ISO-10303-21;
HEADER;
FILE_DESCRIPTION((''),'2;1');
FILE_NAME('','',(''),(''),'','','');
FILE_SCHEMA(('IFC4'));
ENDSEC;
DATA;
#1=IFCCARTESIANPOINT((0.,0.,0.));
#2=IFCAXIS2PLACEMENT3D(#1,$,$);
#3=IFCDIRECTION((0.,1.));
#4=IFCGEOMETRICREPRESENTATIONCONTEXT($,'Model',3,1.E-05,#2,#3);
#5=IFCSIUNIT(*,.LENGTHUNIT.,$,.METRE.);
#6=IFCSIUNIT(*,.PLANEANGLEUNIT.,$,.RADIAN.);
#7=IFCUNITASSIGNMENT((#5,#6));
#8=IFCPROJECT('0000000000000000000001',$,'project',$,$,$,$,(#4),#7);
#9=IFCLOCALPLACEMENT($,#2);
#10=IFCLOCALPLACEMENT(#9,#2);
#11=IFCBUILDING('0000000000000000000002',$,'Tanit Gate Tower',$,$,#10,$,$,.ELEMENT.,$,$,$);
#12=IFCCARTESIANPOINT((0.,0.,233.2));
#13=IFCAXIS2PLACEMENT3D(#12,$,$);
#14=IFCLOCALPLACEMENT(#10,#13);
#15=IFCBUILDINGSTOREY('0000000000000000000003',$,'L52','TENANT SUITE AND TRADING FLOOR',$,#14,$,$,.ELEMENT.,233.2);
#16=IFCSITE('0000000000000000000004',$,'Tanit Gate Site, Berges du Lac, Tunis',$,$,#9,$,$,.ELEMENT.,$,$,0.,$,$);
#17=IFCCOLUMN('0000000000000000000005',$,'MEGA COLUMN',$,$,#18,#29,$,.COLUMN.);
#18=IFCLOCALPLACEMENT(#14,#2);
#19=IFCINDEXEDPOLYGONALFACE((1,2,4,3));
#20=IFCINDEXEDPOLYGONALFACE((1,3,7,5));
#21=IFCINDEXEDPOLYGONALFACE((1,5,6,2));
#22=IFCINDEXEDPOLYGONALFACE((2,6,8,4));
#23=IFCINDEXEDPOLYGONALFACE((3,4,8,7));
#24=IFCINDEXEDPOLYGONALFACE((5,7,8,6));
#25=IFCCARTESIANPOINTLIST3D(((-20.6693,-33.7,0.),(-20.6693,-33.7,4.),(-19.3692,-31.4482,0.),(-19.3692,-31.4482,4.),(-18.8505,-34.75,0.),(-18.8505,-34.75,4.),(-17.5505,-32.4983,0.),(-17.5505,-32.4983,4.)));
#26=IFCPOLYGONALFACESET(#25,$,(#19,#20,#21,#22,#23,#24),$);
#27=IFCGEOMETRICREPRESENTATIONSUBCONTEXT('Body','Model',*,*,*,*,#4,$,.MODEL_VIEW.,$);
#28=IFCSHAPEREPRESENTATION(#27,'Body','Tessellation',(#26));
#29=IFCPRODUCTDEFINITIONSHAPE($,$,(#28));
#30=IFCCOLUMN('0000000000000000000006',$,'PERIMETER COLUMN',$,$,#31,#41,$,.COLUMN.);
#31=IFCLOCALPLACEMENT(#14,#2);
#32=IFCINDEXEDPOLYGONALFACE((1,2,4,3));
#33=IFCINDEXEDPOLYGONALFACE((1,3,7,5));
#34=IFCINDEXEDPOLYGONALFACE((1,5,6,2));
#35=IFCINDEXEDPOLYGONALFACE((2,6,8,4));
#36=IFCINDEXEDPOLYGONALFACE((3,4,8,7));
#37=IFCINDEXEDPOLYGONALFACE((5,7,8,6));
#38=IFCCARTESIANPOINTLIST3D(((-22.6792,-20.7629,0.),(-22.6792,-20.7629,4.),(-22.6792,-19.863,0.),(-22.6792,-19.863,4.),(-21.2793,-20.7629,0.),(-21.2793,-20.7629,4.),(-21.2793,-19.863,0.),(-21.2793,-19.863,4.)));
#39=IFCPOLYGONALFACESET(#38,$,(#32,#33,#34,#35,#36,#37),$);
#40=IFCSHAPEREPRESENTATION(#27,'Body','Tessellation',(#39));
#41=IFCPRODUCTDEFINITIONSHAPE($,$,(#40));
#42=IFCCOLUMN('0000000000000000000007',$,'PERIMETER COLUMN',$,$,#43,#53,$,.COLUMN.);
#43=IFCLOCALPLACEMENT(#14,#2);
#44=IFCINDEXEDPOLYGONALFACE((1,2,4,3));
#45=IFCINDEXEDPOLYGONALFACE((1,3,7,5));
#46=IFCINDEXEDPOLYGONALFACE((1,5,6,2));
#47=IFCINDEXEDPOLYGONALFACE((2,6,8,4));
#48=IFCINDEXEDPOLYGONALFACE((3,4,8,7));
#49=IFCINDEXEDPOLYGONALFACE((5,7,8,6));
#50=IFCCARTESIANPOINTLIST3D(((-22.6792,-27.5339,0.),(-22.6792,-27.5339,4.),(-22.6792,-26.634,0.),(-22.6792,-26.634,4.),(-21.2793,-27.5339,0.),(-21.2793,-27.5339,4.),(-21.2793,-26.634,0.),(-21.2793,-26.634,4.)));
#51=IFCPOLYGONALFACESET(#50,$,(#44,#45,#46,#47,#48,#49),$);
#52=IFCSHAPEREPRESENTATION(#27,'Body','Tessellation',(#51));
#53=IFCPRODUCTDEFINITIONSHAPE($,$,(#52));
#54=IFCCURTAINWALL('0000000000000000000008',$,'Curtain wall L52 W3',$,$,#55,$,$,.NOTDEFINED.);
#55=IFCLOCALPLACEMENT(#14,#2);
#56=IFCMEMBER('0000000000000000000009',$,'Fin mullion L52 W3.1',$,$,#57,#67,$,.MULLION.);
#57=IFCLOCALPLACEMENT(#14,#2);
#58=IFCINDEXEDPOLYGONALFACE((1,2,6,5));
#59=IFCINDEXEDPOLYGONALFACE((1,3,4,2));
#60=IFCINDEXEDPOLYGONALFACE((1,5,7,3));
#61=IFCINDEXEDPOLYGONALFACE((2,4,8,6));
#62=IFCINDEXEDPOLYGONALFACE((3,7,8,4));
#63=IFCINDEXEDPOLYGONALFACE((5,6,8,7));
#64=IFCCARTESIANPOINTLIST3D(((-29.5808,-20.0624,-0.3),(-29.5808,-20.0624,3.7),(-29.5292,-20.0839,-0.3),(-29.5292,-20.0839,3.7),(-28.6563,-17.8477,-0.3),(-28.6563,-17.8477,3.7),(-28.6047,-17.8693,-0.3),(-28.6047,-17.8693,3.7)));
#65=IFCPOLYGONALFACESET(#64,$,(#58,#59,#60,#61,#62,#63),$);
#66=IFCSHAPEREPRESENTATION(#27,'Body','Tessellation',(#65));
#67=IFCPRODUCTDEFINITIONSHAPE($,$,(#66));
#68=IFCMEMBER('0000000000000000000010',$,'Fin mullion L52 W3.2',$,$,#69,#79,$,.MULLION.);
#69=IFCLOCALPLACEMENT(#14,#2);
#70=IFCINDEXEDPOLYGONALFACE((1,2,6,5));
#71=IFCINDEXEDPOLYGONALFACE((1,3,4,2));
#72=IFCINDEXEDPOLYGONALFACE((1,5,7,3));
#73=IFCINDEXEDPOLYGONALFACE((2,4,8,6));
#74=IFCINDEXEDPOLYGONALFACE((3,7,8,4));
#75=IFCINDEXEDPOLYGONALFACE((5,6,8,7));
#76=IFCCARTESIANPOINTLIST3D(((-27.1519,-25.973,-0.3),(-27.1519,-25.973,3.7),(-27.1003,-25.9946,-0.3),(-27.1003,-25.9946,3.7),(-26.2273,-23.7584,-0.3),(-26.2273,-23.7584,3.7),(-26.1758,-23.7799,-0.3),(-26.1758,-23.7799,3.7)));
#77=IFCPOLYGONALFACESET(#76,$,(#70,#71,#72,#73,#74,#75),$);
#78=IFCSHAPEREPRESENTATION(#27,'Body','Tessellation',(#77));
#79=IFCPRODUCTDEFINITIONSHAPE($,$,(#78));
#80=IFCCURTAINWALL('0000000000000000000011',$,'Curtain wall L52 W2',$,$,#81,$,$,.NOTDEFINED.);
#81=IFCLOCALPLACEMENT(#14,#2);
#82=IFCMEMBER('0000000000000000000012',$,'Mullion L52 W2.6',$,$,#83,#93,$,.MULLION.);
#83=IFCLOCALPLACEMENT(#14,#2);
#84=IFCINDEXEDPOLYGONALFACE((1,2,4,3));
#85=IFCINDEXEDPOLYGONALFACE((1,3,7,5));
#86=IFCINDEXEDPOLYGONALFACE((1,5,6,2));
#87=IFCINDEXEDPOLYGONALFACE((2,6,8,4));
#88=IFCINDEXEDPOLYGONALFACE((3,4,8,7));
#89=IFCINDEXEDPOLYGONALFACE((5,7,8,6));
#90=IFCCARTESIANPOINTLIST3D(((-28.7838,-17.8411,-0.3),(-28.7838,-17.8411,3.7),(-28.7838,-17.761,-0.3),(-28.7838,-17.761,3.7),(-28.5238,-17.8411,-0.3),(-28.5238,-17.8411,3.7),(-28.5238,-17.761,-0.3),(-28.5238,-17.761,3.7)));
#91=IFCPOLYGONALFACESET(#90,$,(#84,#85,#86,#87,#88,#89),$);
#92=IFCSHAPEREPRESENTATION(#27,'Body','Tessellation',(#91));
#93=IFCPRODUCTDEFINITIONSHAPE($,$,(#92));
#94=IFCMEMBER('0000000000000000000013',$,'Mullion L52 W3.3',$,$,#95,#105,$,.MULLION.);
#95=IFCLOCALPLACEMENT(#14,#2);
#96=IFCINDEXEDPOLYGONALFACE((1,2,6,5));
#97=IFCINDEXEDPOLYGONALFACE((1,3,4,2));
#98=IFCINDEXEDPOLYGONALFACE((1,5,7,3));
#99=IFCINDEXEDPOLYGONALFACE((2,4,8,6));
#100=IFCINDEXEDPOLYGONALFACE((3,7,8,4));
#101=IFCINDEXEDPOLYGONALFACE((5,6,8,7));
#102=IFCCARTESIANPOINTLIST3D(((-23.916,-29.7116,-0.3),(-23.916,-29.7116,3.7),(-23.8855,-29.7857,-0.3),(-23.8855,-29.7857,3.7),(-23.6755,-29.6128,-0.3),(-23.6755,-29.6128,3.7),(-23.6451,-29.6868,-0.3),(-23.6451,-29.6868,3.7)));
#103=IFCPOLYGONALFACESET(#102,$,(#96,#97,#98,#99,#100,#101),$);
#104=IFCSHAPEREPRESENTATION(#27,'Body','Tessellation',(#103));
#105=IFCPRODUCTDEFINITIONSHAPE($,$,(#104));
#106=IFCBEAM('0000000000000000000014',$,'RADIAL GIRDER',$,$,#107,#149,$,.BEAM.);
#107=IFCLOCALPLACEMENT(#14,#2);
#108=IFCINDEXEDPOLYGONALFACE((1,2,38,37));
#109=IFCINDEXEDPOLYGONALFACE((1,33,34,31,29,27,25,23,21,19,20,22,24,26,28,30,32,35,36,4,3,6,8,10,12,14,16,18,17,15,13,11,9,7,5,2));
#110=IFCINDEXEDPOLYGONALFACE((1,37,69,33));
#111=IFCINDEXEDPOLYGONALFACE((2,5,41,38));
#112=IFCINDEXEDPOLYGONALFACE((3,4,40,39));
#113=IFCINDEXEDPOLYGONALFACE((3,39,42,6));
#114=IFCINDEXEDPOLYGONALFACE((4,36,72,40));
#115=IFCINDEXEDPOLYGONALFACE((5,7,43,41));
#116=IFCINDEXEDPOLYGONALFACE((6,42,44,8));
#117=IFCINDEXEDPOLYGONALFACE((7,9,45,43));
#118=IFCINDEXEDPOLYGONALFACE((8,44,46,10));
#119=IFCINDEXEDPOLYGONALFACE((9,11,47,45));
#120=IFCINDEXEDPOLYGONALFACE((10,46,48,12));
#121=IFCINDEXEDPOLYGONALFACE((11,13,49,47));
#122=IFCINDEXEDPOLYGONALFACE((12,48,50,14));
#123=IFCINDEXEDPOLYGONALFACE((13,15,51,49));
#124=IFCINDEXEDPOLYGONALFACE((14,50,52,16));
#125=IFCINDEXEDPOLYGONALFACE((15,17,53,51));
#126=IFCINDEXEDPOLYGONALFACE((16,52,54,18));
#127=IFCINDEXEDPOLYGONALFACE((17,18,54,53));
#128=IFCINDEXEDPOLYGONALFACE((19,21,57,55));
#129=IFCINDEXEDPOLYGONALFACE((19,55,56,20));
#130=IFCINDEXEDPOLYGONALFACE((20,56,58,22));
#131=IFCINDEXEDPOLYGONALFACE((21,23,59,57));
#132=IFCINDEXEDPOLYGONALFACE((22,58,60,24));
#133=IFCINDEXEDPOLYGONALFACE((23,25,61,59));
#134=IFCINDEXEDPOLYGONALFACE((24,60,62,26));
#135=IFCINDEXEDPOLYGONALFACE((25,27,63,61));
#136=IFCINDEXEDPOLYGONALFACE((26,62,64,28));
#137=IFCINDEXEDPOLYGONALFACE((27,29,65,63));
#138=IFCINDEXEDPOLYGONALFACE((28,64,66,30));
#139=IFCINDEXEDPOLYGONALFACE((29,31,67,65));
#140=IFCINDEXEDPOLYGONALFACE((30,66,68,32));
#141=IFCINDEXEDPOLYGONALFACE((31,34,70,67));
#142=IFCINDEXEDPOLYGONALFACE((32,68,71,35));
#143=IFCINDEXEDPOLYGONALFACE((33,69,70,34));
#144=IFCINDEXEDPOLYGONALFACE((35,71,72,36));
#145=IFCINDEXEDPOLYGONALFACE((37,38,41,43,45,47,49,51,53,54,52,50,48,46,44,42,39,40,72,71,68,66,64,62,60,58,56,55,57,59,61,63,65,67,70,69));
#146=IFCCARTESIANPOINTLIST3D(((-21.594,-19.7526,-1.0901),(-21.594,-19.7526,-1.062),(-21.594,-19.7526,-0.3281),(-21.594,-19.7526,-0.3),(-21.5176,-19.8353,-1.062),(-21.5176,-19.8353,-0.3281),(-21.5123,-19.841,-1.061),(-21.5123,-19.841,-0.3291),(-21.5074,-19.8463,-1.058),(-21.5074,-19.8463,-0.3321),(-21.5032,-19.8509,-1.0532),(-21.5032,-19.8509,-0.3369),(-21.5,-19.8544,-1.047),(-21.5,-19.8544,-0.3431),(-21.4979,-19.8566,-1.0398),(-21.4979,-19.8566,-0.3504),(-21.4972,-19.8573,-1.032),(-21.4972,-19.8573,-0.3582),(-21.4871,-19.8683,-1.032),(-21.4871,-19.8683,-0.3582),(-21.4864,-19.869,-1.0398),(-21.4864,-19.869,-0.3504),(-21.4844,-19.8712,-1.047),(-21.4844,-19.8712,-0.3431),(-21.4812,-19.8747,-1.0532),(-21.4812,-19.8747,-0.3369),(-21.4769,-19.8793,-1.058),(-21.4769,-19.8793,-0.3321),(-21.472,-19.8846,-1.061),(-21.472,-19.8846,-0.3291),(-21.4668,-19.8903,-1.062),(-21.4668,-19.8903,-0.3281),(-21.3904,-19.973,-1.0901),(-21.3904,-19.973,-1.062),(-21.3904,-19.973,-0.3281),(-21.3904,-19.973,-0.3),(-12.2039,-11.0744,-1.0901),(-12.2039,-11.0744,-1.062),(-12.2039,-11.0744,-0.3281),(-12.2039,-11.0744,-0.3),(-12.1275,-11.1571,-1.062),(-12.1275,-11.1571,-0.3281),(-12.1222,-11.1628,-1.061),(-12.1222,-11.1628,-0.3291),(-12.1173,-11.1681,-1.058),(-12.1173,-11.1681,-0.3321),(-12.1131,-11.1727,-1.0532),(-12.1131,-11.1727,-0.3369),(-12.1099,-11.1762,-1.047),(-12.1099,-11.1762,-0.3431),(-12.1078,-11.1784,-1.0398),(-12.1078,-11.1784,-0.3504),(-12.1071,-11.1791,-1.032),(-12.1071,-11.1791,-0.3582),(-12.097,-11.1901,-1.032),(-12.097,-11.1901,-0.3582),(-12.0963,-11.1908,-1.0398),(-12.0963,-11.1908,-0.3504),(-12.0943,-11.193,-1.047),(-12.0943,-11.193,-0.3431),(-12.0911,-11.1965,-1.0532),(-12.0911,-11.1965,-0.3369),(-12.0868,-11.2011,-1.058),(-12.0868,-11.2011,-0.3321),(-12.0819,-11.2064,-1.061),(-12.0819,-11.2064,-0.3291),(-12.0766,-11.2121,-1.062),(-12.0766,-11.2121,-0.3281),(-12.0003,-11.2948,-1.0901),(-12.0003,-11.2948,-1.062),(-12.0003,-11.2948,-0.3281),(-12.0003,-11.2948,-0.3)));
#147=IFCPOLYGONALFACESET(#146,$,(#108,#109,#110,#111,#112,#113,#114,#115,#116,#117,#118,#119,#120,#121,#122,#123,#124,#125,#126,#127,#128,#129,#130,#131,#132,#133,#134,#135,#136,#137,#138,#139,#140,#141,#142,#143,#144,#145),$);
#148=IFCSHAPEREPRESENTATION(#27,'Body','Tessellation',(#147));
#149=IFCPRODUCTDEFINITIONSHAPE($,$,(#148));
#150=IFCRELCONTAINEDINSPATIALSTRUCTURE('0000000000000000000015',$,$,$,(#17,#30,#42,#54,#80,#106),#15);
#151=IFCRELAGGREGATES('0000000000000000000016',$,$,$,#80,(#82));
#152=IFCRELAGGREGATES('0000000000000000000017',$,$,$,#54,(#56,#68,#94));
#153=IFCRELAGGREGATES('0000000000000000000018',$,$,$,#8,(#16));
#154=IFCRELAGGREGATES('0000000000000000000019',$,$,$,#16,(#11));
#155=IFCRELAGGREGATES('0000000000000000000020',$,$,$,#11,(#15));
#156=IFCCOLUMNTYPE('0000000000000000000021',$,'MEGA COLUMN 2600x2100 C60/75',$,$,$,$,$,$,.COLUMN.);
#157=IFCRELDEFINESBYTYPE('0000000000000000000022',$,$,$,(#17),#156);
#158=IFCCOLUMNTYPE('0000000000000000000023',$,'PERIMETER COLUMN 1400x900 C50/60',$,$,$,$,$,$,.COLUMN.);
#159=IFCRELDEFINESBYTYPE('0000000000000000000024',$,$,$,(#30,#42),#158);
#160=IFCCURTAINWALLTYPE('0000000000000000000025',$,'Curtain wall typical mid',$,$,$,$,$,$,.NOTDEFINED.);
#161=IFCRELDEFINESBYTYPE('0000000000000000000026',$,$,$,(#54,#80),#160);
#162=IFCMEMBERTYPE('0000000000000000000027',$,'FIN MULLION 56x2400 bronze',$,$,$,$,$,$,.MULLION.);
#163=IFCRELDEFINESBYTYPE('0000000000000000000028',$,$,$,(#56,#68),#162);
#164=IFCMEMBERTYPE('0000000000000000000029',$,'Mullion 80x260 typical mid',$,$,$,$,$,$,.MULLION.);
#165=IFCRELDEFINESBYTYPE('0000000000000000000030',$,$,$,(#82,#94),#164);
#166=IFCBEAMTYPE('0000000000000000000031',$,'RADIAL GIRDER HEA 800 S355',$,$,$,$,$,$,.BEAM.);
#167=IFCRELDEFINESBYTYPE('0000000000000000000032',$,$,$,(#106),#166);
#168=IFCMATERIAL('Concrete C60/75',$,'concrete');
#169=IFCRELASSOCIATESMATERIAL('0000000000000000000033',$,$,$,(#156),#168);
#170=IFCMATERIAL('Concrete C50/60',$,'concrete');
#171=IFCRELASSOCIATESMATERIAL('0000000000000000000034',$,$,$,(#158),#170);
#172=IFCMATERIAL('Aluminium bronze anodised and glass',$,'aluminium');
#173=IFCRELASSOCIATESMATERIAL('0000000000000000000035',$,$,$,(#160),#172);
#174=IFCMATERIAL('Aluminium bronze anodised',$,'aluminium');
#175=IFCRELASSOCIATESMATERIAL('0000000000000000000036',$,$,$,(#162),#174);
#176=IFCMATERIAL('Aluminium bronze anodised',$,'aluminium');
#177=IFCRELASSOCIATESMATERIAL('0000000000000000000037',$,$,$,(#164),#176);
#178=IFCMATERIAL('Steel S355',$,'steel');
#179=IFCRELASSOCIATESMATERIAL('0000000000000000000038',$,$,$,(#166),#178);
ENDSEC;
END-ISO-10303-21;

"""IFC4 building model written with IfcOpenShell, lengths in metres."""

from ifc_helpers import new_model, si_unit, direction, frame, origin, origin_2d, place, context, subcontext, project, spatial, rectangle, i_section, extrude, material, material_profile, profile_set, type_object, element, aggregate, save


model = new_model("IFC4")

# Units and contexts
model_context = context("Model", 3, precision=1e-05, world=origin(), true_north=direction((0.0, 1.0)))
body_context = subcontext(model_context, "Body", "Model", "MODEL_VIEW")
ifc_project = project(units=[si_unit("LENGTHUNIT", "METRE"), si_unit("PLANEANGLEUNIT", "RADIAN")], contexts=[model_context])

# Site, building, storey
site_placement = place(None, origin())
site = spatial("IfcSite", under=ifc_project, at=site_placement, Name="Tanit Gate Site, Berges du Lac, Tunis", CompositionType="ELEMENT", RefElevation=0.0)
building_placement = place(site_placement, origin())
building = spatial("IfcBuilding", under=site, at=building_placement, Name="Tanit Gate Tower", CompositionType="ELEMENT")
storey_placement = place(building_placement, frame((0.0, 0.0, 233.2)))
storey = spatial("IfcBuildingStorey", under=building, at=storey_placement, Name="L52", Description="TENANT SUITE AND TRADING FLOOR", CompositionType="ELEMENT", Elevation=233.2)

# Columns
ifc_material_1 = material(Name="Concrete C60/75", Category="concrete")
ifc_material_profile_1 = material_profile(ifc_material_1, rectangle(XDim=2.6001, YDim=2.1001, at=origin_2d()), Name="RC 2600x2100")
ifc_profile_set_1 = profile_set([ifc_material_profile_1], Name="Concrete C60/75")
column_type_1 = type_object("IfcColumnType", Name="MEGA COLUMN 2600x2100 C60/75", PredefinedType="COLUMN", material=ifc_profile_set_1)
column_placement = place(storey_placement, frame((-19.1099, -33.0991, 0.0), z_axis=(0.0, 0.0, 1.0), x_axis=(-0.5, -0.866025, 0.0)))
element("IfcColumn", 1, at=column_placement, inside=storey, type_object=column_type_1, Name="MEGA COLUMN", PredefinedType="COLUMN", context=body_context, shape_type="SweptSolid", body=[
    extrude(rectangle(XDim=2.6001, YDim=2.1001, at=origin_2d()), origin(), (0.0, 0.0, 1.0), 4.0),
])
ifc_material_2 = material(Name="Concrete C50/60", Category="concrete")
ifc_material_profile_2 = material_profile(ifc_material_2, rectangle(XDim=1.3999, YDim=0.8999, at=origin_2d()), Name="RC 1400x900")
ifc_profile_set_2 = profile_set([ifc_material_profile_2], Name="Concrete C50/60")
column_type_2 = type_object("IfcColumnType", Name="PERIMETER COLUMN 1400x900 C50/60", PredefinedType="COLUMN", material=ifc_profile_set_2)
for number, where, z_axis, x_axis, name in (
    (2, (-21.9792, -20.313, 0.0), (0.0, 0.0, 1.0), (-1.0, 0.0, 0.0), "PERIMETER COLUMN"),
    (3, (-21.9792, -27.084, 0.0), (0.0, 0.0, 1.0), (-1.0, 0.0, 0.0), "PERIMETER COLUMN"),
):
    element("IfcColumn", number, at=place(storey_placement, frame(where, z_axis=z_axis, x_axis=x_axis)), inside=storey, type_object=column_type_2, Name=name, PredefinedType="COLUMN", context=body_context, shape_type="SweptSolid", body=[
        extrude(rectangle(XDim=1.3999, YDim=0.8999, at=origin_2d()), origin(), (0.0, 0.0, 1.0), 4.0),
    ])

# Curtain wall, members
ifc_material_3 = material(Name="Aluminium bronze anodised and glass", Category="aluminium")
curtain_wall_type = type_object("IfcCurtainWallType", Name="Curtain wall typical mid", PredefinedType="NOTDEFINED", material=ifc_material_3)
curtain_wall_1_placement = place(storey_placement, origin())
curtain_wall_1 = element("IfcCurtainWall", 4, at=curtain_wall_1_placement, inside=storey, type_object=curtain_wall_type, Name="Curtain wall L52 W3", PredefinedType="NOTDEFINED")
ifc_material_4 = material(Name="Aluminium bronze anodised", Category="aluminium")
ifc_material_profile_3 = material_profile(ifc_material_4, rectangle(XDim=2.3999, YDim=0.0559, at=origin_2d()), Name="56x2400 bronze fin mullion")
ifc_profile_set_3 = profile_set([ifc_material_profile_3], Name="Aluminium bronze anodised")
member_type_1 = type_object("IfcMemberType", Name="FIN MULLION 56x2400 bronze", PredefinedType="MULLION", material=ifc_profile_set_3)
member_1_placement = place(storey_placement, frame((-29.0928, -18.9658, -0.3), z_axis=(0.0, 0.0, 1.0), x_axis=(0.385238, 0.922817, 0.0)))
member_1 = element("IfcMember", 5, at=member_1_placement, type_object=member_type_1, Name="Fin mullion L52 W3.1", PredefinedType="MULLION", context=body_context, shape_type="SweptSolid", body=[
    extrude(rectangle(XDim=2.3999, YDim=0.0559, at=origin_2d()), origin(), (0.0, 0.0, 1.0), 4.0),
])
member_2_placement = place(storey_placement, frame((-26.6638, -24.8765, -0.3), z_axis=(0.0, 0.0, 1.0), x_axis=(0.385238, 0.922817, 0.0)))
member_2 = element("IfcMember", 6, at=member_2_placement, type_object=member_type_1, Name="Fin mullion L52 W3.2", PredefinedType="MULLION", context=body_context, shape_type="SweptSolid", body=[
    extrude(rectangle(XDim=2.3999, YDim=0.0559, at=origin_2d()), origin(), (0.0, 0.0, 1.0), 4.0),
])

# Curtain wall, member
curtain_wall_2_placement = place(storey_placement, origin())
curtain_wall_2 = element("IfcCurtainWall", 7, at=curtain_wall_2_placement, inside=storey, type_object=curtain_wall_type, Name="Curtain wall L52 W2", PredefinedType="NOTDEFINED")
ifc_material_5 = material(Name="Aluminium bronze anodised", Category="aluminium")
ifc_material_profile_4 = material_profile(ifc_material_5, rectangle(XDim=0.26, YDim=0.0801, at=origin_2d()), Name="80x260 bronze mullion")
ifc_profile_set_4 = profile_set([ifc_material_profile_4], Name="Aluminium bronze anodised")
member_type_2 = type_object("IfcMemberType", Name="Mullion 80x260 typical mid", PredefinedType="MULLION", material=ifc_profile_set_4)
member_3_placement = place(storey_placement, frame((-28.6538, -17.801, -0.3), z_axis=(0.0, 0.0, 1.0), x_axis=(1.0, 0.000069, 0.0)))
member_3 = element("IfcMember", 8, at=member_3_placement, type_object=member_type_2, Name="Mullion L52 W2.6", PredefinedType="MULLION", context=body_context, shape_type="SweptSolid", body=[
    extrude(rectangle(XDim=0.26, YDim=0.0801, at=origin_2d()), origin(), (0.0, 0.0, 1.0), 4.0),
])
aggregate(curtain_wall_2, [member_3])

# Member
member_4_placement = place(storey_placement, frame((-23.7805, -29.6992, -0.3), z_axis=(0.0, 0.0, 1.0), x_axis=(0.924935, 0.380126, 0.0)))
member_4 = element("IfcMember", 9, at=member_4_placement, type_object=member_type_2, Name="Mullion L52 W3.3", PredefinedType="MULLION", context=body_context, shape_type="SweptSolid", body=[
    extrude(rectangle(XDim=0.26, YDim=0.0801, at=origin_2d()), origin(), (0.0, 0.0, 1.0), 4.0),
])

# Beam
ifc_material_6 = material(Name="Steel S355", Category="steel")
ifc_material_profile_5 = material_profile(ifc_material_6, i_section(OverallWidth=0.3, OverallDepth=0.79, WebThickness=0.0149, FlangeThickness=0.0281, FilletRadius=0.03, at=origin_2d()), Name="HEA 800")
ifc_profile_set_5 = profile_set([ifc_material_profile_5], Name="Steel S355")
beam_type_1 = type_object("IfcBeamType", Name="RADIAL GIRDER HEA 800 S355", PredefinedType="BEAM", material=ifc_profile_set_5)
beam_1_placement = place(storey_placement, frame((-21.4922, -19.8628, -0.6951), z_axis=(0.734398, 0.678719, 0.0), x_axis=(-0.678719, 0.734398, 0.0)))
element("IfcBeam", 10, at=beam_1_placement, inside=storey, type_object=beam_type_1, Name="RADIAL GIRDER", PredefinedType="BEAM", context=body_context, shape_type="SweptSolid", body=[
    extrude(i_section(OverallWidth=0.3, OverallDepth=0.79, WebThickness=0.0149, FlangeThickness=0.0281, FilletRadius=0.03, at=origin_2d()), origin(), (0.0, 0.0, 1.0), 12.7861),
])

aggregate(curtain_wall_1, [member_1, member_2, member_4])

save(model, "model.ifc")
